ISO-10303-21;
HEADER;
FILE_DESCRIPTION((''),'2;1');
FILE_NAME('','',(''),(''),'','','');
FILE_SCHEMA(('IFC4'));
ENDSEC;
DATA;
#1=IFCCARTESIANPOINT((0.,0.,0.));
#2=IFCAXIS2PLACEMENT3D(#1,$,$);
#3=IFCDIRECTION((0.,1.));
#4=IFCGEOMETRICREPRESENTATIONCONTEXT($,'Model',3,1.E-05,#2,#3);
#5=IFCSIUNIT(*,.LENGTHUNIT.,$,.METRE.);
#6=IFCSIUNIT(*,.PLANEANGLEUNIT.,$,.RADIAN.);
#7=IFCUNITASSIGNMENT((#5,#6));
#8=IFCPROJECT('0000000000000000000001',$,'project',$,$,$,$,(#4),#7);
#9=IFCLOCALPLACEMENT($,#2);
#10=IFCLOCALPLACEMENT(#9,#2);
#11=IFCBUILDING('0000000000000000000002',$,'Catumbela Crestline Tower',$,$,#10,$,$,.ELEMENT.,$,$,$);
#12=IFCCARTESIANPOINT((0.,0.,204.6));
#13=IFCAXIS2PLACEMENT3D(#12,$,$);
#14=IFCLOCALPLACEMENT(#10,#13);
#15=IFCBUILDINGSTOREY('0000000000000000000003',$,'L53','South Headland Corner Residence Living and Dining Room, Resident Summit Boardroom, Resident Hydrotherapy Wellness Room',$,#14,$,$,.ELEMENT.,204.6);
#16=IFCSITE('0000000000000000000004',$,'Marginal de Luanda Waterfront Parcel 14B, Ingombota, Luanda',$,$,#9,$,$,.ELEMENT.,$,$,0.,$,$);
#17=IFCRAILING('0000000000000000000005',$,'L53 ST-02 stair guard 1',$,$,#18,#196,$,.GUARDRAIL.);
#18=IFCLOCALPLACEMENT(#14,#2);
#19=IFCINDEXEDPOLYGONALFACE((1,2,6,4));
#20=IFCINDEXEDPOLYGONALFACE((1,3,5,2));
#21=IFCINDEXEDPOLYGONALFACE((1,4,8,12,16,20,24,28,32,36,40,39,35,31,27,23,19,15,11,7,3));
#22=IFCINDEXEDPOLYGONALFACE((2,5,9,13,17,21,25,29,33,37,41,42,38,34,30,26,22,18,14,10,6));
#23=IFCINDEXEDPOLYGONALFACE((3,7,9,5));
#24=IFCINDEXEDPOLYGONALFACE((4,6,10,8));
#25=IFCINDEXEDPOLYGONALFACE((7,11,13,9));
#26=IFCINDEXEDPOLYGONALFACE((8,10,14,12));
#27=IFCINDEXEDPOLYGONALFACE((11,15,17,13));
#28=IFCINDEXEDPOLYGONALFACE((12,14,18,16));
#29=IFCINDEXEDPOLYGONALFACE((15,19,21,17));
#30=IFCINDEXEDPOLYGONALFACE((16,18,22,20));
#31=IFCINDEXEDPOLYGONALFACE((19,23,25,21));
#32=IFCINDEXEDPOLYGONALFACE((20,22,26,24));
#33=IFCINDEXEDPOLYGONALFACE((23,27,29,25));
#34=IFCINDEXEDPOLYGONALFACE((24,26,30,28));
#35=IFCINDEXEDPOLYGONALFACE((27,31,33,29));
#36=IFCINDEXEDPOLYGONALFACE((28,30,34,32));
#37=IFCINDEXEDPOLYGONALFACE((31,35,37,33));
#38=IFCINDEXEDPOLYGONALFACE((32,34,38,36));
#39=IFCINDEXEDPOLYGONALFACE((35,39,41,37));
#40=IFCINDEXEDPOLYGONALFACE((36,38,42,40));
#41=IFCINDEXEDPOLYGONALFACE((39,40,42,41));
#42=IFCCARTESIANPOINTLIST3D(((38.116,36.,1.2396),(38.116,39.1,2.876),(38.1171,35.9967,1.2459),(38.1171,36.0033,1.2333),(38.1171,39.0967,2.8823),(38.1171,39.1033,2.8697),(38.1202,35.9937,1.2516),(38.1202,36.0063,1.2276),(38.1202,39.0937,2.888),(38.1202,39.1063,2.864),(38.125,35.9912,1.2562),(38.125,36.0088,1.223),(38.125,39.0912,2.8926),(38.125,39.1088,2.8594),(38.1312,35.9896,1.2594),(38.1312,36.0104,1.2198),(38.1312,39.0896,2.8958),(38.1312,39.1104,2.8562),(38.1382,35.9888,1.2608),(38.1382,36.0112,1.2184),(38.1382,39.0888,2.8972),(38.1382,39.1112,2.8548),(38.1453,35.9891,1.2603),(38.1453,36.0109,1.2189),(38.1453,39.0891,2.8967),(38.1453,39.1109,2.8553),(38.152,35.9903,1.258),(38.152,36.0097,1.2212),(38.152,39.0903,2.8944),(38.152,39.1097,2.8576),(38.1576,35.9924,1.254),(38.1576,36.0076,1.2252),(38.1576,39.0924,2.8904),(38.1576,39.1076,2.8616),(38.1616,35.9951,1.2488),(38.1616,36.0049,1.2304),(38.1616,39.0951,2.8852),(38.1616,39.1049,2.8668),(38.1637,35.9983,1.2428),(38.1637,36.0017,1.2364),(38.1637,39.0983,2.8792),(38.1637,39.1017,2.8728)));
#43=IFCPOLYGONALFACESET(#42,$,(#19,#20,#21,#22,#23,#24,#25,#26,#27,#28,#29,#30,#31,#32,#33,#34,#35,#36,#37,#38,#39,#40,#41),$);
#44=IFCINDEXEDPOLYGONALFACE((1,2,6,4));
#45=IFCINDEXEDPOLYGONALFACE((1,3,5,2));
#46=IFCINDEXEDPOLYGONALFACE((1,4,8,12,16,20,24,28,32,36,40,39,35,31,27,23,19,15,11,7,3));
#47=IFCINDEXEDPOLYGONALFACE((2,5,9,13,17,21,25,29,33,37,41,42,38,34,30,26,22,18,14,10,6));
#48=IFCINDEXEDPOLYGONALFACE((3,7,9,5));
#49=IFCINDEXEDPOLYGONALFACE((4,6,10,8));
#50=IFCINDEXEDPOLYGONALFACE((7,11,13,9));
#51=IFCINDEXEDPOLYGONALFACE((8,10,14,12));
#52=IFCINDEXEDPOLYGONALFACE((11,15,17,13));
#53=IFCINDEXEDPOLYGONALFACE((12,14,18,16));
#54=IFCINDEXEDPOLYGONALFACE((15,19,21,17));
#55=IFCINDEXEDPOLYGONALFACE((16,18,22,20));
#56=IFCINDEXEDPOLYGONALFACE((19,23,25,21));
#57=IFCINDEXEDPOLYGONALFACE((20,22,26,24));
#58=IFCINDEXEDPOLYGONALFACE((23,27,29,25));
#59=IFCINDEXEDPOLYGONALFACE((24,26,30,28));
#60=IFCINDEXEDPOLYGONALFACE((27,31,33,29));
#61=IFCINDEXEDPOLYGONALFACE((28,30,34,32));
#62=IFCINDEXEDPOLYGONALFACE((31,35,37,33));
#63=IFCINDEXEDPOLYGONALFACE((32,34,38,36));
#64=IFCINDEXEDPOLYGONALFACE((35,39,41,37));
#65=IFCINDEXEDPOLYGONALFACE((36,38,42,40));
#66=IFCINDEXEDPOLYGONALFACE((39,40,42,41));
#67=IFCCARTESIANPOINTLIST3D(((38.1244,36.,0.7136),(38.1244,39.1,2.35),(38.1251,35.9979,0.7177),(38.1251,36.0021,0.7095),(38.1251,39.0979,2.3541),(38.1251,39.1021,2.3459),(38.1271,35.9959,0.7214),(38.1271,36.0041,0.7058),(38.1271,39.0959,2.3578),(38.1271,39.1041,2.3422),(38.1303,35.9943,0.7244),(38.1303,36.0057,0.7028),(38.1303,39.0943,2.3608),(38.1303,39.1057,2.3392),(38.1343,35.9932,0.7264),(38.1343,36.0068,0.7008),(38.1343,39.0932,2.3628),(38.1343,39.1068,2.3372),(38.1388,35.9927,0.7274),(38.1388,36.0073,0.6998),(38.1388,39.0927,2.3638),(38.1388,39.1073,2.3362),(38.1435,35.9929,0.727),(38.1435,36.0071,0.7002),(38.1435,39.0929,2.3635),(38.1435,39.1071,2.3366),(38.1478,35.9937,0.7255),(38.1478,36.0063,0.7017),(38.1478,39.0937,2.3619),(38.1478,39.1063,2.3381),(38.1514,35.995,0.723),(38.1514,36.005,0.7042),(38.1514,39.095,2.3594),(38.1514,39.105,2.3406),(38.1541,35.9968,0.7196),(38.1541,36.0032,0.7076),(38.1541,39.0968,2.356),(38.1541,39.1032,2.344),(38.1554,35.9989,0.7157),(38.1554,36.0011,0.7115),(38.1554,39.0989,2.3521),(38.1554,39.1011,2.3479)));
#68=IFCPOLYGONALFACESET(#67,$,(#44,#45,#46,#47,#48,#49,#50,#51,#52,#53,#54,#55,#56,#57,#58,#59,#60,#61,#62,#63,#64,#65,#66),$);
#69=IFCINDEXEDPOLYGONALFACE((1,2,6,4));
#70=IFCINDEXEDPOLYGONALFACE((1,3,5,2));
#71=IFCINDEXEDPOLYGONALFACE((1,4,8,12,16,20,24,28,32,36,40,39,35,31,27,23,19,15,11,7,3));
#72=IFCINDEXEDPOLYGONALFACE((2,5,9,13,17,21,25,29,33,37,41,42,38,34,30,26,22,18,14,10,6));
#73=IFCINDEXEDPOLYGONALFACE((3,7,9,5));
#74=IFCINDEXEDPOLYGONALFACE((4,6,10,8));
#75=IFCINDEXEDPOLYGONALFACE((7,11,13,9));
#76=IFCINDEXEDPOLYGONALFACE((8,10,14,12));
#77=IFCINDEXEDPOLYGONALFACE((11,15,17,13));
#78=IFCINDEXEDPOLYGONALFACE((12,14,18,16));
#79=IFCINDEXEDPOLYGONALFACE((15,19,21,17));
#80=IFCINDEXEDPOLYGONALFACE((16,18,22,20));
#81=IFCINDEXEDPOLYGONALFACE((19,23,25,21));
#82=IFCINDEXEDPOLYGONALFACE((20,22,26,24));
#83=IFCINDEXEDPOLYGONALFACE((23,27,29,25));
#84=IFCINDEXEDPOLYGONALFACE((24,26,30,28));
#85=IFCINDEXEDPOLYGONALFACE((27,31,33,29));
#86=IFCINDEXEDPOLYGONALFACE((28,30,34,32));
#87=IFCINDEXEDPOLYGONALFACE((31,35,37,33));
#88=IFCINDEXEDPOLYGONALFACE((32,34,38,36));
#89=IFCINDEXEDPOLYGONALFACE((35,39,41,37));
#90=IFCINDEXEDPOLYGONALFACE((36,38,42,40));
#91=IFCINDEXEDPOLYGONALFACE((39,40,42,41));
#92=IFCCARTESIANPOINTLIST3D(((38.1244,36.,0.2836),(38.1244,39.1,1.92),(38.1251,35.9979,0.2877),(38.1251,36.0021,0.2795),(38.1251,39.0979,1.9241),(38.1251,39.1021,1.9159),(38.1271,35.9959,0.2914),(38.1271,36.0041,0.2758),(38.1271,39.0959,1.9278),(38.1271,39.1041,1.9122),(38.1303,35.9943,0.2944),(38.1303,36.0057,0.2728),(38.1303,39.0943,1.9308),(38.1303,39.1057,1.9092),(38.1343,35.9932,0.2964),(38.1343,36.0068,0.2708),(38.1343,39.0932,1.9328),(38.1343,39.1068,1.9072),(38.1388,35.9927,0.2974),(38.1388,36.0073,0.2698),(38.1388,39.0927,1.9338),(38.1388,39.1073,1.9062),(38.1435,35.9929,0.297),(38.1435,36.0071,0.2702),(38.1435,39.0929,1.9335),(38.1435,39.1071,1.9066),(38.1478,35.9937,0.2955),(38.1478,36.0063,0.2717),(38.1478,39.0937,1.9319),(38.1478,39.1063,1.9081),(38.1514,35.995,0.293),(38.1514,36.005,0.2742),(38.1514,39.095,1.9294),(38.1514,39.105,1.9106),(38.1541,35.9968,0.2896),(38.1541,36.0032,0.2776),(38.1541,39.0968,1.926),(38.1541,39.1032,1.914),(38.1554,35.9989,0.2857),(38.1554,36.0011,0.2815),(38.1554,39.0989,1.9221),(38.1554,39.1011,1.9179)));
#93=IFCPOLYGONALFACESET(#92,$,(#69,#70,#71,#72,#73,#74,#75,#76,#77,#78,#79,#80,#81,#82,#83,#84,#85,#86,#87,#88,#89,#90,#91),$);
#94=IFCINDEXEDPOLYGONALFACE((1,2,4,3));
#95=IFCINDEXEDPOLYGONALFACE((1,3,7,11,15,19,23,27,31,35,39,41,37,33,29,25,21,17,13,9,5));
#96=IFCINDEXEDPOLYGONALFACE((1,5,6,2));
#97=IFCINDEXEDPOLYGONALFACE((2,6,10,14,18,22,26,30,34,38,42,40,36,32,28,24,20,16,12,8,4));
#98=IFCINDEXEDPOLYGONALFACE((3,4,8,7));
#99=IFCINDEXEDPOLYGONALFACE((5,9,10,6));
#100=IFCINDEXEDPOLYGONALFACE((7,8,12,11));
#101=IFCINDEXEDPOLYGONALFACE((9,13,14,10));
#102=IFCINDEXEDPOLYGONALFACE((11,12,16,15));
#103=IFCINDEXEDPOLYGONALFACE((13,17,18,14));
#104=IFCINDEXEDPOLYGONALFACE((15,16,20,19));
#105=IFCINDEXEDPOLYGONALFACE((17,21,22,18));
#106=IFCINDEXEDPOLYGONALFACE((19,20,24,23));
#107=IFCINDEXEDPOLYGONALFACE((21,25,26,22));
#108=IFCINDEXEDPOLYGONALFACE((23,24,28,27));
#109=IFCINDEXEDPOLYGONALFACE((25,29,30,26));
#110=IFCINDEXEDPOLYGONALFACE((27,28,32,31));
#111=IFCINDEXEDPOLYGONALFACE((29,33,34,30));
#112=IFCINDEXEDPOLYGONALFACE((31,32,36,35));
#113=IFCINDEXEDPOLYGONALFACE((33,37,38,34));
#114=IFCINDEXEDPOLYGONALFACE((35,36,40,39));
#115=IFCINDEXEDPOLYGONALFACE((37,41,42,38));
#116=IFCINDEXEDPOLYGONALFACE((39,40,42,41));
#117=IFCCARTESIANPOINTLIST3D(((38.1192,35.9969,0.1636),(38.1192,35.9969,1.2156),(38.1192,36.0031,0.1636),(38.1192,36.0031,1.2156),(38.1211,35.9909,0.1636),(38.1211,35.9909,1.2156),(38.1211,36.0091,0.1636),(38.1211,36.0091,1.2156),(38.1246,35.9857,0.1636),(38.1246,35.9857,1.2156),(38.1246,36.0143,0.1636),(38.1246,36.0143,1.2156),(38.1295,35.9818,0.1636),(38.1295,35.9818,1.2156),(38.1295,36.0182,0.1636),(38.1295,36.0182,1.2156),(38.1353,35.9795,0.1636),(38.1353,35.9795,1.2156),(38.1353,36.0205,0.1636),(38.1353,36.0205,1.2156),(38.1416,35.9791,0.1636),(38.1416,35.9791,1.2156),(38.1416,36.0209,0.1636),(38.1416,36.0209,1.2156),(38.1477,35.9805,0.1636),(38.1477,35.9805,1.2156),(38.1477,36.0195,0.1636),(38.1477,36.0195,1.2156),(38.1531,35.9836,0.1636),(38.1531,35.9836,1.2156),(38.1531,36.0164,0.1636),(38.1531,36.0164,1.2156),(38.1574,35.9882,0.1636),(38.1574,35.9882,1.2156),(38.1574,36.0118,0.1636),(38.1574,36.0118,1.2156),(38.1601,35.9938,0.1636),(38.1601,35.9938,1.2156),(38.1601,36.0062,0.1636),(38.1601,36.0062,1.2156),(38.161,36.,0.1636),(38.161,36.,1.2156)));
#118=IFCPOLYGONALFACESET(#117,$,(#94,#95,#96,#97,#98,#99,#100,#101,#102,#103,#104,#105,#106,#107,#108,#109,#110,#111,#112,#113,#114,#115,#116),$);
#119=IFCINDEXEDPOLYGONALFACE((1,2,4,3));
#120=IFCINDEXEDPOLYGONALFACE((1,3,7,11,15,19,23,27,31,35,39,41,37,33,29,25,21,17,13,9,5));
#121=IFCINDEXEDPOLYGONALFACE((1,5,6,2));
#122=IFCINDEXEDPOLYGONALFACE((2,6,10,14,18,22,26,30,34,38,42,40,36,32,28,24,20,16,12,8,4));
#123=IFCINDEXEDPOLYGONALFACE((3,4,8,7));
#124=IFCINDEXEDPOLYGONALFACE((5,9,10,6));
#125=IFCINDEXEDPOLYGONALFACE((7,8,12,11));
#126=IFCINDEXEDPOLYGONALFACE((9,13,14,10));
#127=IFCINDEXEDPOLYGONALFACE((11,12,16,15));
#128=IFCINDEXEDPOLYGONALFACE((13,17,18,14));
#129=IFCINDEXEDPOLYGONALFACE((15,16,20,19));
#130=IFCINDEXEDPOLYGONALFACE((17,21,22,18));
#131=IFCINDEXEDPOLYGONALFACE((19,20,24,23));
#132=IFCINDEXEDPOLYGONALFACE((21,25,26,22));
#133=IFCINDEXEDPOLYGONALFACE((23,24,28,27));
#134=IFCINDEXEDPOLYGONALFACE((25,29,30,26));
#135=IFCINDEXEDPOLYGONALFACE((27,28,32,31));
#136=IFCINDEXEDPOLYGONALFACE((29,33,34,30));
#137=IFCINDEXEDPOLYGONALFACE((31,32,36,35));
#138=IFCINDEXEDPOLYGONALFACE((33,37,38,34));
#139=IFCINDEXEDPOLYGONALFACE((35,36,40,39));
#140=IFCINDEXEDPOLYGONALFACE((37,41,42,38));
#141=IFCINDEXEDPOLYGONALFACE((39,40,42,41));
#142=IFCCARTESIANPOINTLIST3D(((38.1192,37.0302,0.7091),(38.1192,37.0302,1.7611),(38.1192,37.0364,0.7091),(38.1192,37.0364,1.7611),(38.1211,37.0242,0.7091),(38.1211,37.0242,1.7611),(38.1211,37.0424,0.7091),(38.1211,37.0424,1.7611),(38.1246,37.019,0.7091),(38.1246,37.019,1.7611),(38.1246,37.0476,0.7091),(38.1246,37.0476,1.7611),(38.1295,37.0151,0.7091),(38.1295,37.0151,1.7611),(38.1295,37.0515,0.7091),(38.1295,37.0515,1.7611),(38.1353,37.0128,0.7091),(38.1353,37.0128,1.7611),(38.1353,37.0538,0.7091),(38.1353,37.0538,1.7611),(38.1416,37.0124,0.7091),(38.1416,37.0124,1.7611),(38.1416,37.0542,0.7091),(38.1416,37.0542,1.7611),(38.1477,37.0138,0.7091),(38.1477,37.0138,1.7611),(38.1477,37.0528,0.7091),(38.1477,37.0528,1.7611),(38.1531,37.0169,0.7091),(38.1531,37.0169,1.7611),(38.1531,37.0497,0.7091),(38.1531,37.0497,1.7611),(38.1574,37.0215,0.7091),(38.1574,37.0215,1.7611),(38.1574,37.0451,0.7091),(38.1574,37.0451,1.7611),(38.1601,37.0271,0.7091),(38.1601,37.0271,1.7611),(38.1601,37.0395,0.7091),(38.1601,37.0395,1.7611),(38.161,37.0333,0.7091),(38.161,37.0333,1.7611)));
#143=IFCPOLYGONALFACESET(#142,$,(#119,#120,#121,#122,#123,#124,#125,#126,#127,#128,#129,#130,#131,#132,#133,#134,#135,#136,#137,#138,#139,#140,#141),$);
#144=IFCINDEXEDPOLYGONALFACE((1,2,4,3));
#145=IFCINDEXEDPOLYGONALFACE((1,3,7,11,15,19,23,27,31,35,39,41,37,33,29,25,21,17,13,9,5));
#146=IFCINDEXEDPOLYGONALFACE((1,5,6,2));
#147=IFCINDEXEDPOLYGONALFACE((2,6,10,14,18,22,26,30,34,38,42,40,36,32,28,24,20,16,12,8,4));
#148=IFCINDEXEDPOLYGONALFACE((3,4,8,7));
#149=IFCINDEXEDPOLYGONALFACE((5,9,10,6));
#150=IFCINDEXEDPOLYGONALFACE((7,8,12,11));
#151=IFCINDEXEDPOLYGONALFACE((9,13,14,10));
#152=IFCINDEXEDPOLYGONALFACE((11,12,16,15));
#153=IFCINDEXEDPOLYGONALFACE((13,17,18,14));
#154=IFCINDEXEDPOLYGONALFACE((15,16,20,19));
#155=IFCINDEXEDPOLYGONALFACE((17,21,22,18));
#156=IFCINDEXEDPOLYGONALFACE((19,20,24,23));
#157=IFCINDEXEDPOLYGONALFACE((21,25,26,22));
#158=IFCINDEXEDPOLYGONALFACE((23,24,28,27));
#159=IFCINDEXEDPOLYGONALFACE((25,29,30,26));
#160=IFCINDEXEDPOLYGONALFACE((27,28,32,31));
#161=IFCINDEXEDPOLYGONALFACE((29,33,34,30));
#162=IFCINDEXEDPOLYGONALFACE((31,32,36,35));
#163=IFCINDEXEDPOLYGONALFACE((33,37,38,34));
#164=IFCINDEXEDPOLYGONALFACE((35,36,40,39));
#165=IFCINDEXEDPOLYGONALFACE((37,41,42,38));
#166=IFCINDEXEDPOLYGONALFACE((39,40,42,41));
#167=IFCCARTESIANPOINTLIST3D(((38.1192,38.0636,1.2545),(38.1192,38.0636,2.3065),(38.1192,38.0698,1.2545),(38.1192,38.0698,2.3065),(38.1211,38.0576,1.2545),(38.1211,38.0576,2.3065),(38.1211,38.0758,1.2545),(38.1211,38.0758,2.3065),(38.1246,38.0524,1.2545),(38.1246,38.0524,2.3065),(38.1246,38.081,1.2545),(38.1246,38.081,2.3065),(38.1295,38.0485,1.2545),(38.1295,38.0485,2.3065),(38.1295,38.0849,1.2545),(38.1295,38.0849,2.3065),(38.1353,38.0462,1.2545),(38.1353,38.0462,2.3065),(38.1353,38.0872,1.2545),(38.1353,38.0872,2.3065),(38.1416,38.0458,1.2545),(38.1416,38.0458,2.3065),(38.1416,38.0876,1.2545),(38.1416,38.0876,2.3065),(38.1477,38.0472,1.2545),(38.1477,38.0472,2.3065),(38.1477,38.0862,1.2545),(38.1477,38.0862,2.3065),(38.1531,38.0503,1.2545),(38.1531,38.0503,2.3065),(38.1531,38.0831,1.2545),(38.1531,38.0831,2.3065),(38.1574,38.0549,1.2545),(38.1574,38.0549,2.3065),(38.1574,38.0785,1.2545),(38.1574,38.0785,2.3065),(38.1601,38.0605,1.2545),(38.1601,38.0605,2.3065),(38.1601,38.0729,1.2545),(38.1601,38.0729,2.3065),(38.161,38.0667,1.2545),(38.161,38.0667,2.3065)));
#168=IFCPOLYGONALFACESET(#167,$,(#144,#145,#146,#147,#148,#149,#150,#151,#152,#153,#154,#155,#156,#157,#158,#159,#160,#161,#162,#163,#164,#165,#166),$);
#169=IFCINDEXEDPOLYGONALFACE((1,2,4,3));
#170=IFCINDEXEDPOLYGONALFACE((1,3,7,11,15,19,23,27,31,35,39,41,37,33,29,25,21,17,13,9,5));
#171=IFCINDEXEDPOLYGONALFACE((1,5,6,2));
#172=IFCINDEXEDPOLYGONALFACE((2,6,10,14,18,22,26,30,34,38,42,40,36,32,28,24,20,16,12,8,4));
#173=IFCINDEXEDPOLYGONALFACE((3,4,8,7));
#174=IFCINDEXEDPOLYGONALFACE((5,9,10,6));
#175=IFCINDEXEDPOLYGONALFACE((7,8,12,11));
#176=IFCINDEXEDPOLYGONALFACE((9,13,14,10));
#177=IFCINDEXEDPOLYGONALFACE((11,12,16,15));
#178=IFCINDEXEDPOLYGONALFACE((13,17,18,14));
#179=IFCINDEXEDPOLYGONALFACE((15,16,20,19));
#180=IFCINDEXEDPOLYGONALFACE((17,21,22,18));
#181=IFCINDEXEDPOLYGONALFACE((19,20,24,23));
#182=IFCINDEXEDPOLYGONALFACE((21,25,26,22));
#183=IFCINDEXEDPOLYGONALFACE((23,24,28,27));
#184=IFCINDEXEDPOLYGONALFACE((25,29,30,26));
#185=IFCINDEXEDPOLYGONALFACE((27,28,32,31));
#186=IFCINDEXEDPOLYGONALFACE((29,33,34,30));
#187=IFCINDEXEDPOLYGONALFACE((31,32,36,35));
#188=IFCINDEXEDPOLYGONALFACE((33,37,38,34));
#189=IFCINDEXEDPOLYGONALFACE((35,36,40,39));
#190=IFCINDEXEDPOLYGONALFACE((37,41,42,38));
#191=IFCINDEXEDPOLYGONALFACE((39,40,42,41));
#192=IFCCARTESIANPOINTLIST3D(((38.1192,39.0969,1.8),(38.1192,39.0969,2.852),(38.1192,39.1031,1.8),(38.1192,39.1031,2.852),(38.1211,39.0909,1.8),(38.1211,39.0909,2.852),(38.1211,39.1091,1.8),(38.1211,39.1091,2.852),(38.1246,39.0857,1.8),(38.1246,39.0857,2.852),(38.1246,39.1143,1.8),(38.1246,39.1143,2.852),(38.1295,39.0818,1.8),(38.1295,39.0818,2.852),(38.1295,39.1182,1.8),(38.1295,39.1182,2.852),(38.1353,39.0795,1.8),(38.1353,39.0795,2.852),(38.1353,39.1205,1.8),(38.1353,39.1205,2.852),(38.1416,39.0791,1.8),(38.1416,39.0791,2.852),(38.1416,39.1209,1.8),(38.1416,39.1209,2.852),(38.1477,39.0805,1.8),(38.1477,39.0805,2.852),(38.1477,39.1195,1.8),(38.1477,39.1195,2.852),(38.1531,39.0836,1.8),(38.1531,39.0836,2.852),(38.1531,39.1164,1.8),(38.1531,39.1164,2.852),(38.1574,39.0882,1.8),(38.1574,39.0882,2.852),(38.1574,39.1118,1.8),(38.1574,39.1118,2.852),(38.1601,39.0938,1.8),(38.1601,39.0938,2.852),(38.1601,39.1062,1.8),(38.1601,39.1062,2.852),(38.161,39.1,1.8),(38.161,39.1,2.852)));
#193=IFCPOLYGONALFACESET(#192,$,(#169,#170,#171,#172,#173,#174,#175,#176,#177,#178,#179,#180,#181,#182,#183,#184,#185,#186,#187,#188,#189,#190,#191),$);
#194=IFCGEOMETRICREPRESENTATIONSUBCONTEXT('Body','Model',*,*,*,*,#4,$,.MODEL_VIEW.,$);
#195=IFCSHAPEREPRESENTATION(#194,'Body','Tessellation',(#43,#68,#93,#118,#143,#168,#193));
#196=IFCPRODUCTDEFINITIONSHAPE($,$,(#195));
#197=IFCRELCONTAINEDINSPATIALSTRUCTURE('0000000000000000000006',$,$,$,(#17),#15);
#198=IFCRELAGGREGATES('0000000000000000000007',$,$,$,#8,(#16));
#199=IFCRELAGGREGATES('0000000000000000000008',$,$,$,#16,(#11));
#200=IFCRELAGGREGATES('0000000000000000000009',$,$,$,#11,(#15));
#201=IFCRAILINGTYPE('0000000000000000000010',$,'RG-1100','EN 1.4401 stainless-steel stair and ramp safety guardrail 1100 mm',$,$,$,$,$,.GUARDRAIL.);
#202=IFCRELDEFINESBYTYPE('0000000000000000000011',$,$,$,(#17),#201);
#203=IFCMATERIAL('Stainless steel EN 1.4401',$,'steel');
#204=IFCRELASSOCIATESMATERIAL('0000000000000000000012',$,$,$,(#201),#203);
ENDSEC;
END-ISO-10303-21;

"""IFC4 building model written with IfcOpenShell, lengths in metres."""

from ifc_helpers import new_model, si_unit, direction, frame, origin, origin_2d, place, context, subcontext, project, spatial, circle, extrude, material, type_object, element, save


model = new_model("IFC4")

# Units and contexts
model_context = context("Model", 3, precision=1e-05, world=origin(), true_north=direction((0.0, 1.0)))
body_context = subcontext(model_context, "Body", "Model", "MODEL_VIEW")
ifc_project = project(units=[si_unit("LENGTHUNIT", "METRE"), si_unit("PLANEANGLEUNIT", "RADIAN")], contexts=[model_context])

# Site, building, storey
site_placement = place(None, origin())
site = spatial("IfcSite", under=ifc_project, at=site_placement, Name="Marginal de Luanda Waterfront Parcel 14B, Ingombota, Luanda", CompositionType="ELEMENT", RefElevation=0.0)
building_placement = place(site_placement, origin())
building = spatial("IfcBuilding", under=site, at=building_placement, Name="Catumbela Crestline Tower", CompositionType="ELEMENT")
storey_placement = place(building_placement, frame((0.0, 0.0, 204.6)))
storey = spatial("IfcBuildingStorey", under=building, at=storey_placement, Name="L53", Description="South Headland Corner Residence Living and Dining Room, Resident Summit Boardroom, Resident Hydrotherapy Wellness Room", CompositionType="ELEMENT", Elevation=204.6)

# Shared definitions
ifc_material_1 = material(Name="Stainless steel EN 1.4401", Category="steel")

# Railing
railing_type_1 = type_object("IfcRailingType", Name="RG-1100", Description="EN 1.4401 stainless-steel stair and ramp safety guardrail 1100 mm", PredefinedType="GUARDRAIL", material=ifc_material_1)
railing_1_placement = place(storey_placement, frame((38.14, 36.0, 0.1636)))
element("IfcRailing", 1, at=railing_1_placement, inside=storey, type_object=railing_type_1, Name="L53 ST-02 stair guard 1", PredefinedType="GUARDRAIL", context=body_context, shape_type="SweptSolid", body=[
    extrude(circle(Radius=0.024, at=origin_2d()), frame((0.0, 0.0, 1.076), z_axis=(0.0, 0.884351, 0.466823), x_axis=(-1.0, 0.0, 0.0)), (0.0, 0.0, 1.0), 3.5054),
    extrude(circle(Radius=0.0156, at=origin_2d()), frame((0.0, 0.0, 0.55), z_axis=(0.0, 0.884351, 0.466823), x_axis=(-1.0, 0.0, 0.0)), (0.0, 0.0, 1.0), 3.5054),
    extrude(circle(Radius=0.0156, at=origin_2d()), frame((0.0, 0.0, 0.12), z_axis=(0.0, 0.884351, 0.466823), x_axis=(-1.0, 0.0, 0.0)), (0.0, 0.0, 1.0), 3.5054),
    extrude(circle(Radius=0.021, at=origin_2d()), origin(), (0.0, 0.0, 1.0), 1.052),
    extrude(circle(Radius=0.021, at=origin_2d()), frame((0.0, 1.0333, 0.5455)), (0.0, 0.0, 1.0), 1.052),
    extrude(circle(Radius=0.021, at=origin_2d()), frame((0.0, 2.0667, 1.0909)), (0.0, 0.0, 1.0), 1.052),
    extrude(circle(Radius=0.021, at=origin_2d()), frame((0.0, 3.1, 1.6364)), (0.0, 0.0, 1.0), 1.052),
])

save(model, "model.ifc")
